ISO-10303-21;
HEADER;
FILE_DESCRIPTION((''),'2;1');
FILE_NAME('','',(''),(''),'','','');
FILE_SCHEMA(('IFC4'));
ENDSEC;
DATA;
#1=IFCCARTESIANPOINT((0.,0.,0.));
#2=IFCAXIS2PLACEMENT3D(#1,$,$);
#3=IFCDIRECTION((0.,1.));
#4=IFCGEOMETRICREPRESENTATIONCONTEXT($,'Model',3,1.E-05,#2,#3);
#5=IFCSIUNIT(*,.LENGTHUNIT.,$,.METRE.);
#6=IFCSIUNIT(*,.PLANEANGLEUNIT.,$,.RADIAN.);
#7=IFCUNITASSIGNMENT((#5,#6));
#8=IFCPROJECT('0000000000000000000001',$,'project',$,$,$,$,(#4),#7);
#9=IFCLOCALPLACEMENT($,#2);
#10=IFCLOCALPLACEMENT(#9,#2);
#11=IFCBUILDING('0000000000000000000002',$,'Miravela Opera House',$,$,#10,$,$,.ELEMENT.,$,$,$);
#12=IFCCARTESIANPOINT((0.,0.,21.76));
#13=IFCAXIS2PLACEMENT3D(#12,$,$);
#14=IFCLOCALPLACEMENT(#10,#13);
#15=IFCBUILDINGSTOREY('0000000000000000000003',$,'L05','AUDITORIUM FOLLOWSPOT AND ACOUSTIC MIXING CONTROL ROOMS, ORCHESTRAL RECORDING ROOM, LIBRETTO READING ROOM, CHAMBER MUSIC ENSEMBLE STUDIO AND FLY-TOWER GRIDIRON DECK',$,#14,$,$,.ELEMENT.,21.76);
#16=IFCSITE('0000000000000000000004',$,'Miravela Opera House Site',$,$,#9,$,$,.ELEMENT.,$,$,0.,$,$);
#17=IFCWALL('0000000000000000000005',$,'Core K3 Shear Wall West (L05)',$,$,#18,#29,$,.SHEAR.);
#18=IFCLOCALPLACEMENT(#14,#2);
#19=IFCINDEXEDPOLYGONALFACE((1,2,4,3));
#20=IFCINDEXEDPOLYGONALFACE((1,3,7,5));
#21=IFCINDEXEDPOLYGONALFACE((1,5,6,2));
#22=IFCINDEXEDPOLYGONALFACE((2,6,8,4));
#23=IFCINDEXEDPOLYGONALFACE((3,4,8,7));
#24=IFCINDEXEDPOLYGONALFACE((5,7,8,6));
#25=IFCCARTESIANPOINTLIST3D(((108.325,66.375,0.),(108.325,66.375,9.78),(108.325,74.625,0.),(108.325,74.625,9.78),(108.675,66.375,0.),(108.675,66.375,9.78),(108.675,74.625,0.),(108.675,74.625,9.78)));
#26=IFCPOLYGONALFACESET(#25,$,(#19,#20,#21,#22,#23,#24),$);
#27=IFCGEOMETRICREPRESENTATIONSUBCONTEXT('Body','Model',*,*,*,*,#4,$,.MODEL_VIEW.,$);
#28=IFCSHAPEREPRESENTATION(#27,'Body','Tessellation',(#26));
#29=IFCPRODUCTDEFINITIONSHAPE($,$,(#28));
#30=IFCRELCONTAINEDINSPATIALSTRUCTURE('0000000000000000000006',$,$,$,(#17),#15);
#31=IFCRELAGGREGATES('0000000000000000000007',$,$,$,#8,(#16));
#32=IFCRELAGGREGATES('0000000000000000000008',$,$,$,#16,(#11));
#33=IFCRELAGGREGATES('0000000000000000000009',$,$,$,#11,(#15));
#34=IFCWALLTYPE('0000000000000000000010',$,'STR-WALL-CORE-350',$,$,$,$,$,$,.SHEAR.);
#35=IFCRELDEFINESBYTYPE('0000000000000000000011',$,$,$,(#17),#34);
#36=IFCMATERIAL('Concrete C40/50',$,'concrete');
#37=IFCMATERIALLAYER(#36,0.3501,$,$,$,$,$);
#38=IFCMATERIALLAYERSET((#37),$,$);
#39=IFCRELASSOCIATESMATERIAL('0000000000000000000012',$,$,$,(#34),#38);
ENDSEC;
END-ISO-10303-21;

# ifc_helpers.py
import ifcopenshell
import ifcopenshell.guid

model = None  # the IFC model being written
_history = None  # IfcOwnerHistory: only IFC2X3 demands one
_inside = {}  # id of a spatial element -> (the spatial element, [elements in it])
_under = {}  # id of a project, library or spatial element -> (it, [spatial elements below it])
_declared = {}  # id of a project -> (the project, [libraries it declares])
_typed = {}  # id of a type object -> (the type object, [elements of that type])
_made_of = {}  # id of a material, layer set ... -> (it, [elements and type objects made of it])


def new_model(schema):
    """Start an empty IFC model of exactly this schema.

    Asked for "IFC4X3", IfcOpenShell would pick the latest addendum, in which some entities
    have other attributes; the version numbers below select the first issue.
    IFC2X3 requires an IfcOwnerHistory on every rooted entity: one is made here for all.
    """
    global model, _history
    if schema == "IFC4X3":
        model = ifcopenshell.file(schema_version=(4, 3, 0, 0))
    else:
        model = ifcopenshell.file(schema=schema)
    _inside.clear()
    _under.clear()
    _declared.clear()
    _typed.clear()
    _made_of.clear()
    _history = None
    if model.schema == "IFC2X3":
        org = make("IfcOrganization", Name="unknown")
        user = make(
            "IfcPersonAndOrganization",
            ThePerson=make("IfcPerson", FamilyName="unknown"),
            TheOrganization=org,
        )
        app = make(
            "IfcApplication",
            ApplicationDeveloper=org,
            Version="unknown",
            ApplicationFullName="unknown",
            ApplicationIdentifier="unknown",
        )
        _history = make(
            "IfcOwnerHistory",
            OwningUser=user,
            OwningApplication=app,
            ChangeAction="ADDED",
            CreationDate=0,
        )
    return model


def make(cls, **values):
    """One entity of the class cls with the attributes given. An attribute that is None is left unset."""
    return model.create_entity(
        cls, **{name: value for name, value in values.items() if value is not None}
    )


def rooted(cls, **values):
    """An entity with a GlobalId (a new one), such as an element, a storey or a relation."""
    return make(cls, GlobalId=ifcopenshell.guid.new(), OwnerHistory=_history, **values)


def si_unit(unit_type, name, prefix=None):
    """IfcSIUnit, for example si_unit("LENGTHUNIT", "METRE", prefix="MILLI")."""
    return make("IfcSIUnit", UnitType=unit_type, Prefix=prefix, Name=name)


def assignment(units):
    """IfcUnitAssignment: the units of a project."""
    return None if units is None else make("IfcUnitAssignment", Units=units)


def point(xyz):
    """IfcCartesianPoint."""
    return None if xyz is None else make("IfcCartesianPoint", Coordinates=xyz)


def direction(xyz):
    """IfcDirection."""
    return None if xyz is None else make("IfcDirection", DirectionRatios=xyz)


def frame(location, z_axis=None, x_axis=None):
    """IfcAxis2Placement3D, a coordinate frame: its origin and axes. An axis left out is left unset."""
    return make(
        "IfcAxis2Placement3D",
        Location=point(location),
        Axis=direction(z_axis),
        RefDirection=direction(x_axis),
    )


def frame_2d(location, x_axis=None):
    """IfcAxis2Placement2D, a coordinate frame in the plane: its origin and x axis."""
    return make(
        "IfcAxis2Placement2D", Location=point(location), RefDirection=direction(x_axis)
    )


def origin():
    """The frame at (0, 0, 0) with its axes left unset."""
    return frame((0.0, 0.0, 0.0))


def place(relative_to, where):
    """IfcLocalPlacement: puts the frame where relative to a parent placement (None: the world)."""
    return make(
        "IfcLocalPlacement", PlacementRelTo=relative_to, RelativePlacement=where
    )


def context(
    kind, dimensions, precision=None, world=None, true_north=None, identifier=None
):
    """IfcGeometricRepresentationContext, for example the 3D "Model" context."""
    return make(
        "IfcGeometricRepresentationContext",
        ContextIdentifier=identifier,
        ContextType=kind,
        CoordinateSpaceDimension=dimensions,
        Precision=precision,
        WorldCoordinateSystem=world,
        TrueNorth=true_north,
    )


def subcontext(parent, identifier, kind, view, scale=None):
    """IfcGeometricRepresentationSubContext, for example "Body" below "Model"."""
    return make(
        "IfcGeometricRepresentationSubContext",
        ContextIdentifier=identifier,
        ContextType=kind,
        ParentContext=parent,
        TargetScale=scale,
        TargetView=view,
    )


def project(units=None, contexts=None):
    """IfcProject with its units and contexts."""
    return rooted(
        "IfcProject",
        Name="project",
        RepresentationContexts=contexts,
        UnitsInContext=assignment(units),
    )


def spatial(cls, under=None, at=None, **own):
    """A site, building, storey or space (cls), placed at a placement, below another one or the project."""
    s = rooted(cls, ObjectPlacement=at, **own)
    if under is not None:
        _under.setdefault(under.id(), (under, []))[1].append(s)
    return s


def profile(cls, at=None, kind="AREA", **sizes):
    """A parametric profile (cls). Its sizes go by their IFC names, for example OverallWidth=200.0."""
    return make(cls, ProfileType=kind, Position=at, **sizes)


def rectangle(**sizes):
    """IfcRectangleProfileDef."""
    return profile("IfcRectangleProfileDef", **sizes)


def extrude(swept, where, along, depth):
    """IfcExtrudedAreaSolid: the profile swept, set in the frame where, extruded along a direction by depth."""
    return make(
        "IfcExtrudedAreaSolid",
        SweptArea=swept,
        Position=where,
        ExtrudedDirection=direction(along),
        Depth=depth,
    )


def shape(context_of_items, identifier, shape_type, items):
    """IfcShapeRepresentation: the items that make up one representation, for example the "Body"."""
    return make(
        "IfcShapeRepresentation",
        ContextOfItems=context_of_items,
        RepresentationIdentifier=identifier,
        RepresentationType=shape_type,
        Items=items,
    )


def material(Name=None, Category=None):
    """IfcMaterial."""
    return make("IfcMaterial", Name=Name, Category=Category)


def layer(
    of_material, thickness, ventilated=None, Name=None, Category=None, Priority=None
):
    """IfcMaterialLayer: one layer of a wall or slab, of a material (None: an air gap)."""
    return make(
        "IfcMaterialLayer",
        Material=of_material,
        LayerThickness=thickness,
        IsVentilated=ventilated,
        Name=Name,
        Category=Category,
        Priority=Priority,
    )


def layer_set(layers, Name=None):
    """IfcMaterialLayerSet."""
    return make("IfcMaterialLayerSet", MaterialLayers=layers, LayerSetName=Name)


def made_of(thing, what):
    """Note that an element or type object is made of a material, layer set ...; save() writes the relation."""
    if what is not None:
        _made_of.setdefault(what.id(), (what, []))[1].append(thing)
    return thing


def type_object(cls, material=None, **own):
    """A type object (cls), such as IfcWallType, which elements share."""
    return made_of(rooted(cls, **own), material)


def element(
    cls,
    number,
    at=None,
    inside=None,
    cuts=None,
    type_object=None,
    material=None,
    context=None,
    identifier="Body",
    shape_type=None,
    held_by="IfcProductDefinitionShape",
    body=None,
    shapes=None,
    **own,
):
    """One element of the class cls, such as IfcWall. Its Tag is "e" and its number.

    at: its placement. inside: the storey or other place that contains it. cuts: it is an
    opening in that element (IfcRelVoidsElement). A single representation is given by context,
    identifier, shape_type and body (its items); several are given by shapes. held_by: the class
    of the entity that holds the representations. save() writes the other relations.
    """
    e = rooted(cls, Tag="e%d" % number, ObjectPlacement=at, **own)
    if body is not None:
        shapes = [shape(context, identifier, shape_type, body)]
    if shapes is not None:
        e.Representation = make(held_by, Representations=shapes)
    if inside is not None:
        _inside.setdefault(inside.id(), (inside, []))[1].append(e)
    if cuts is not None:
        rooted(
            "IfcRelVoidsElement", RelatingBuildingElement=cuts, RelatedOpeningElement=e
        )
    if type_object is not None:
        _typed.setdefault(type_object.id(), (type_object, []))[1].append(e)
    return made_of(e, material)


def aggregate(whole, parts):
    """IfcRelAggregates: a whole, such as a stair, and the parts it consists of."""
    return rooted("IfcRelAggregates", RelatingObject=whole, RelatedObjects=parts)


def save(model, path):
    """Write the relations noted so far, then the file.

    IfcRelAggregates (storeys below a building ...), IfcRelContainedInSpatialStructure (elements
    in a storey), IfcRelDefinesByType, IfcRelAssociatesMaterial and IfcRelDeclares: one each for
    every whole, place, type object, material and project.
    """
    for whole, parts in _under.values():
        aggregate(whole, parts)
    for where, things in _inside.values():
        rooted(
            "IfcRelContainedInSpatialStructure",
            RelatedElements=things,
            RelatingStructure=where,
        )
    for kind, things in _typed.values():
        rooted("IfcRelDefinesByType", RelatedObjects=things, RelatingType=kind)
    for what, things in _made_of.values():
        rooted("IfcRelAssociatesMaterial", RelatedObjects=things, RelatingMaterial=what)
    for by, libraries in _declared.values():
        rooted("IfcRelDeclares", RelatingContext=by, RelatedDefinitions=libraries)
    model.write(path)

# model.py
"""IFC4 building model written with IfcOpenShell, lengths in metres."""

from ifc_helpers import new_model, si_unit, direction, frame, frame_2d, origin, place, context, subcontext, project, spatial, rectangle, extrude, material, layer, layer_set, type_object, element, save


model = new_model("IFC4")

# Units and contexts
model_context = context("Model", 3, precision=1e-05, world=origin(), true_north=direction((0.0, 1.0)))
body_context = subcontext(model_context, "Body", "Model", "MODEL_VIEW")
ifc_project = project(units=[si_unit("LENGTHUNIT", "METRE"), si_unit("PLANEANGLEUNIT", "RADIAN")], contexts=[model_context])

# Site, building, storey
site_placement = place(None, origin())
site = spatial("IfcSite", under=ifc_project, at=site_placement, Name="Miravela Opera House Site", CompositionType="ELEMENT", RefElevation=0.0)
building_placement = place(site_placement, origin())
building = spatial("IfcBuilding", under=site, at=building_placement, Name="Miravela Opera House", CompositionType="ELEMENT")
storey_placement = place(building_placement, frame((0.0, 0.0, 21.76)))
storey = spatial("IfcBuildingStorey", under=building, at=storey_placement, Name="L05", Description="AUDITORIUM FOLLOWSPOT AND ACOUSTIC MIXING CONTROL ROOMS, ORCHESTRAL RECORDING ROOM, LIBRETTO READING ROOM, CHAMBER MUSIC ENSEMBLE STUDIO AND FLY-TOWER GRIDIRON DECK", CompositionType="ELEMENT", Elevation=21.76)

# Shared definitions
ifc_material_1 = material(Name="Concrete C40/50", Category="concrete")
ifc_layer_1 = layer(ifc_material_1, 0.3501)
ifc_layer_set_1 = layer_set([ifc_layer_1])
wall_type_1 = type_object("IfcWallType", Name="STR-WALL-CORE-350", PredefinedType="SHEAR", material=ifc_layer_set_1)

# Wall
wall_1_placement = place(storey_placement, frame((108.5, 66.375, 0.0), z_axis=(0.0, 0.0, 1.0), x_axis=(0.0, 1.0, 0.0)))
element("IfcWall", 1, at=wall_1_placement, inside=storey, type_object=wall_type_1, Name="Core K3 Shear Wall West (L05)", PredefinedType="SHEAR", context=body_context, shape_type="SweptSolid", body=[
    extrude(rectangle(XDim=8.25, YDim=0.3501, at=frame_2d((4.125, 0.0))), origin(), (0.0, 0.0, 1.0), 9.78),
])

save(model, "model.ifc")
